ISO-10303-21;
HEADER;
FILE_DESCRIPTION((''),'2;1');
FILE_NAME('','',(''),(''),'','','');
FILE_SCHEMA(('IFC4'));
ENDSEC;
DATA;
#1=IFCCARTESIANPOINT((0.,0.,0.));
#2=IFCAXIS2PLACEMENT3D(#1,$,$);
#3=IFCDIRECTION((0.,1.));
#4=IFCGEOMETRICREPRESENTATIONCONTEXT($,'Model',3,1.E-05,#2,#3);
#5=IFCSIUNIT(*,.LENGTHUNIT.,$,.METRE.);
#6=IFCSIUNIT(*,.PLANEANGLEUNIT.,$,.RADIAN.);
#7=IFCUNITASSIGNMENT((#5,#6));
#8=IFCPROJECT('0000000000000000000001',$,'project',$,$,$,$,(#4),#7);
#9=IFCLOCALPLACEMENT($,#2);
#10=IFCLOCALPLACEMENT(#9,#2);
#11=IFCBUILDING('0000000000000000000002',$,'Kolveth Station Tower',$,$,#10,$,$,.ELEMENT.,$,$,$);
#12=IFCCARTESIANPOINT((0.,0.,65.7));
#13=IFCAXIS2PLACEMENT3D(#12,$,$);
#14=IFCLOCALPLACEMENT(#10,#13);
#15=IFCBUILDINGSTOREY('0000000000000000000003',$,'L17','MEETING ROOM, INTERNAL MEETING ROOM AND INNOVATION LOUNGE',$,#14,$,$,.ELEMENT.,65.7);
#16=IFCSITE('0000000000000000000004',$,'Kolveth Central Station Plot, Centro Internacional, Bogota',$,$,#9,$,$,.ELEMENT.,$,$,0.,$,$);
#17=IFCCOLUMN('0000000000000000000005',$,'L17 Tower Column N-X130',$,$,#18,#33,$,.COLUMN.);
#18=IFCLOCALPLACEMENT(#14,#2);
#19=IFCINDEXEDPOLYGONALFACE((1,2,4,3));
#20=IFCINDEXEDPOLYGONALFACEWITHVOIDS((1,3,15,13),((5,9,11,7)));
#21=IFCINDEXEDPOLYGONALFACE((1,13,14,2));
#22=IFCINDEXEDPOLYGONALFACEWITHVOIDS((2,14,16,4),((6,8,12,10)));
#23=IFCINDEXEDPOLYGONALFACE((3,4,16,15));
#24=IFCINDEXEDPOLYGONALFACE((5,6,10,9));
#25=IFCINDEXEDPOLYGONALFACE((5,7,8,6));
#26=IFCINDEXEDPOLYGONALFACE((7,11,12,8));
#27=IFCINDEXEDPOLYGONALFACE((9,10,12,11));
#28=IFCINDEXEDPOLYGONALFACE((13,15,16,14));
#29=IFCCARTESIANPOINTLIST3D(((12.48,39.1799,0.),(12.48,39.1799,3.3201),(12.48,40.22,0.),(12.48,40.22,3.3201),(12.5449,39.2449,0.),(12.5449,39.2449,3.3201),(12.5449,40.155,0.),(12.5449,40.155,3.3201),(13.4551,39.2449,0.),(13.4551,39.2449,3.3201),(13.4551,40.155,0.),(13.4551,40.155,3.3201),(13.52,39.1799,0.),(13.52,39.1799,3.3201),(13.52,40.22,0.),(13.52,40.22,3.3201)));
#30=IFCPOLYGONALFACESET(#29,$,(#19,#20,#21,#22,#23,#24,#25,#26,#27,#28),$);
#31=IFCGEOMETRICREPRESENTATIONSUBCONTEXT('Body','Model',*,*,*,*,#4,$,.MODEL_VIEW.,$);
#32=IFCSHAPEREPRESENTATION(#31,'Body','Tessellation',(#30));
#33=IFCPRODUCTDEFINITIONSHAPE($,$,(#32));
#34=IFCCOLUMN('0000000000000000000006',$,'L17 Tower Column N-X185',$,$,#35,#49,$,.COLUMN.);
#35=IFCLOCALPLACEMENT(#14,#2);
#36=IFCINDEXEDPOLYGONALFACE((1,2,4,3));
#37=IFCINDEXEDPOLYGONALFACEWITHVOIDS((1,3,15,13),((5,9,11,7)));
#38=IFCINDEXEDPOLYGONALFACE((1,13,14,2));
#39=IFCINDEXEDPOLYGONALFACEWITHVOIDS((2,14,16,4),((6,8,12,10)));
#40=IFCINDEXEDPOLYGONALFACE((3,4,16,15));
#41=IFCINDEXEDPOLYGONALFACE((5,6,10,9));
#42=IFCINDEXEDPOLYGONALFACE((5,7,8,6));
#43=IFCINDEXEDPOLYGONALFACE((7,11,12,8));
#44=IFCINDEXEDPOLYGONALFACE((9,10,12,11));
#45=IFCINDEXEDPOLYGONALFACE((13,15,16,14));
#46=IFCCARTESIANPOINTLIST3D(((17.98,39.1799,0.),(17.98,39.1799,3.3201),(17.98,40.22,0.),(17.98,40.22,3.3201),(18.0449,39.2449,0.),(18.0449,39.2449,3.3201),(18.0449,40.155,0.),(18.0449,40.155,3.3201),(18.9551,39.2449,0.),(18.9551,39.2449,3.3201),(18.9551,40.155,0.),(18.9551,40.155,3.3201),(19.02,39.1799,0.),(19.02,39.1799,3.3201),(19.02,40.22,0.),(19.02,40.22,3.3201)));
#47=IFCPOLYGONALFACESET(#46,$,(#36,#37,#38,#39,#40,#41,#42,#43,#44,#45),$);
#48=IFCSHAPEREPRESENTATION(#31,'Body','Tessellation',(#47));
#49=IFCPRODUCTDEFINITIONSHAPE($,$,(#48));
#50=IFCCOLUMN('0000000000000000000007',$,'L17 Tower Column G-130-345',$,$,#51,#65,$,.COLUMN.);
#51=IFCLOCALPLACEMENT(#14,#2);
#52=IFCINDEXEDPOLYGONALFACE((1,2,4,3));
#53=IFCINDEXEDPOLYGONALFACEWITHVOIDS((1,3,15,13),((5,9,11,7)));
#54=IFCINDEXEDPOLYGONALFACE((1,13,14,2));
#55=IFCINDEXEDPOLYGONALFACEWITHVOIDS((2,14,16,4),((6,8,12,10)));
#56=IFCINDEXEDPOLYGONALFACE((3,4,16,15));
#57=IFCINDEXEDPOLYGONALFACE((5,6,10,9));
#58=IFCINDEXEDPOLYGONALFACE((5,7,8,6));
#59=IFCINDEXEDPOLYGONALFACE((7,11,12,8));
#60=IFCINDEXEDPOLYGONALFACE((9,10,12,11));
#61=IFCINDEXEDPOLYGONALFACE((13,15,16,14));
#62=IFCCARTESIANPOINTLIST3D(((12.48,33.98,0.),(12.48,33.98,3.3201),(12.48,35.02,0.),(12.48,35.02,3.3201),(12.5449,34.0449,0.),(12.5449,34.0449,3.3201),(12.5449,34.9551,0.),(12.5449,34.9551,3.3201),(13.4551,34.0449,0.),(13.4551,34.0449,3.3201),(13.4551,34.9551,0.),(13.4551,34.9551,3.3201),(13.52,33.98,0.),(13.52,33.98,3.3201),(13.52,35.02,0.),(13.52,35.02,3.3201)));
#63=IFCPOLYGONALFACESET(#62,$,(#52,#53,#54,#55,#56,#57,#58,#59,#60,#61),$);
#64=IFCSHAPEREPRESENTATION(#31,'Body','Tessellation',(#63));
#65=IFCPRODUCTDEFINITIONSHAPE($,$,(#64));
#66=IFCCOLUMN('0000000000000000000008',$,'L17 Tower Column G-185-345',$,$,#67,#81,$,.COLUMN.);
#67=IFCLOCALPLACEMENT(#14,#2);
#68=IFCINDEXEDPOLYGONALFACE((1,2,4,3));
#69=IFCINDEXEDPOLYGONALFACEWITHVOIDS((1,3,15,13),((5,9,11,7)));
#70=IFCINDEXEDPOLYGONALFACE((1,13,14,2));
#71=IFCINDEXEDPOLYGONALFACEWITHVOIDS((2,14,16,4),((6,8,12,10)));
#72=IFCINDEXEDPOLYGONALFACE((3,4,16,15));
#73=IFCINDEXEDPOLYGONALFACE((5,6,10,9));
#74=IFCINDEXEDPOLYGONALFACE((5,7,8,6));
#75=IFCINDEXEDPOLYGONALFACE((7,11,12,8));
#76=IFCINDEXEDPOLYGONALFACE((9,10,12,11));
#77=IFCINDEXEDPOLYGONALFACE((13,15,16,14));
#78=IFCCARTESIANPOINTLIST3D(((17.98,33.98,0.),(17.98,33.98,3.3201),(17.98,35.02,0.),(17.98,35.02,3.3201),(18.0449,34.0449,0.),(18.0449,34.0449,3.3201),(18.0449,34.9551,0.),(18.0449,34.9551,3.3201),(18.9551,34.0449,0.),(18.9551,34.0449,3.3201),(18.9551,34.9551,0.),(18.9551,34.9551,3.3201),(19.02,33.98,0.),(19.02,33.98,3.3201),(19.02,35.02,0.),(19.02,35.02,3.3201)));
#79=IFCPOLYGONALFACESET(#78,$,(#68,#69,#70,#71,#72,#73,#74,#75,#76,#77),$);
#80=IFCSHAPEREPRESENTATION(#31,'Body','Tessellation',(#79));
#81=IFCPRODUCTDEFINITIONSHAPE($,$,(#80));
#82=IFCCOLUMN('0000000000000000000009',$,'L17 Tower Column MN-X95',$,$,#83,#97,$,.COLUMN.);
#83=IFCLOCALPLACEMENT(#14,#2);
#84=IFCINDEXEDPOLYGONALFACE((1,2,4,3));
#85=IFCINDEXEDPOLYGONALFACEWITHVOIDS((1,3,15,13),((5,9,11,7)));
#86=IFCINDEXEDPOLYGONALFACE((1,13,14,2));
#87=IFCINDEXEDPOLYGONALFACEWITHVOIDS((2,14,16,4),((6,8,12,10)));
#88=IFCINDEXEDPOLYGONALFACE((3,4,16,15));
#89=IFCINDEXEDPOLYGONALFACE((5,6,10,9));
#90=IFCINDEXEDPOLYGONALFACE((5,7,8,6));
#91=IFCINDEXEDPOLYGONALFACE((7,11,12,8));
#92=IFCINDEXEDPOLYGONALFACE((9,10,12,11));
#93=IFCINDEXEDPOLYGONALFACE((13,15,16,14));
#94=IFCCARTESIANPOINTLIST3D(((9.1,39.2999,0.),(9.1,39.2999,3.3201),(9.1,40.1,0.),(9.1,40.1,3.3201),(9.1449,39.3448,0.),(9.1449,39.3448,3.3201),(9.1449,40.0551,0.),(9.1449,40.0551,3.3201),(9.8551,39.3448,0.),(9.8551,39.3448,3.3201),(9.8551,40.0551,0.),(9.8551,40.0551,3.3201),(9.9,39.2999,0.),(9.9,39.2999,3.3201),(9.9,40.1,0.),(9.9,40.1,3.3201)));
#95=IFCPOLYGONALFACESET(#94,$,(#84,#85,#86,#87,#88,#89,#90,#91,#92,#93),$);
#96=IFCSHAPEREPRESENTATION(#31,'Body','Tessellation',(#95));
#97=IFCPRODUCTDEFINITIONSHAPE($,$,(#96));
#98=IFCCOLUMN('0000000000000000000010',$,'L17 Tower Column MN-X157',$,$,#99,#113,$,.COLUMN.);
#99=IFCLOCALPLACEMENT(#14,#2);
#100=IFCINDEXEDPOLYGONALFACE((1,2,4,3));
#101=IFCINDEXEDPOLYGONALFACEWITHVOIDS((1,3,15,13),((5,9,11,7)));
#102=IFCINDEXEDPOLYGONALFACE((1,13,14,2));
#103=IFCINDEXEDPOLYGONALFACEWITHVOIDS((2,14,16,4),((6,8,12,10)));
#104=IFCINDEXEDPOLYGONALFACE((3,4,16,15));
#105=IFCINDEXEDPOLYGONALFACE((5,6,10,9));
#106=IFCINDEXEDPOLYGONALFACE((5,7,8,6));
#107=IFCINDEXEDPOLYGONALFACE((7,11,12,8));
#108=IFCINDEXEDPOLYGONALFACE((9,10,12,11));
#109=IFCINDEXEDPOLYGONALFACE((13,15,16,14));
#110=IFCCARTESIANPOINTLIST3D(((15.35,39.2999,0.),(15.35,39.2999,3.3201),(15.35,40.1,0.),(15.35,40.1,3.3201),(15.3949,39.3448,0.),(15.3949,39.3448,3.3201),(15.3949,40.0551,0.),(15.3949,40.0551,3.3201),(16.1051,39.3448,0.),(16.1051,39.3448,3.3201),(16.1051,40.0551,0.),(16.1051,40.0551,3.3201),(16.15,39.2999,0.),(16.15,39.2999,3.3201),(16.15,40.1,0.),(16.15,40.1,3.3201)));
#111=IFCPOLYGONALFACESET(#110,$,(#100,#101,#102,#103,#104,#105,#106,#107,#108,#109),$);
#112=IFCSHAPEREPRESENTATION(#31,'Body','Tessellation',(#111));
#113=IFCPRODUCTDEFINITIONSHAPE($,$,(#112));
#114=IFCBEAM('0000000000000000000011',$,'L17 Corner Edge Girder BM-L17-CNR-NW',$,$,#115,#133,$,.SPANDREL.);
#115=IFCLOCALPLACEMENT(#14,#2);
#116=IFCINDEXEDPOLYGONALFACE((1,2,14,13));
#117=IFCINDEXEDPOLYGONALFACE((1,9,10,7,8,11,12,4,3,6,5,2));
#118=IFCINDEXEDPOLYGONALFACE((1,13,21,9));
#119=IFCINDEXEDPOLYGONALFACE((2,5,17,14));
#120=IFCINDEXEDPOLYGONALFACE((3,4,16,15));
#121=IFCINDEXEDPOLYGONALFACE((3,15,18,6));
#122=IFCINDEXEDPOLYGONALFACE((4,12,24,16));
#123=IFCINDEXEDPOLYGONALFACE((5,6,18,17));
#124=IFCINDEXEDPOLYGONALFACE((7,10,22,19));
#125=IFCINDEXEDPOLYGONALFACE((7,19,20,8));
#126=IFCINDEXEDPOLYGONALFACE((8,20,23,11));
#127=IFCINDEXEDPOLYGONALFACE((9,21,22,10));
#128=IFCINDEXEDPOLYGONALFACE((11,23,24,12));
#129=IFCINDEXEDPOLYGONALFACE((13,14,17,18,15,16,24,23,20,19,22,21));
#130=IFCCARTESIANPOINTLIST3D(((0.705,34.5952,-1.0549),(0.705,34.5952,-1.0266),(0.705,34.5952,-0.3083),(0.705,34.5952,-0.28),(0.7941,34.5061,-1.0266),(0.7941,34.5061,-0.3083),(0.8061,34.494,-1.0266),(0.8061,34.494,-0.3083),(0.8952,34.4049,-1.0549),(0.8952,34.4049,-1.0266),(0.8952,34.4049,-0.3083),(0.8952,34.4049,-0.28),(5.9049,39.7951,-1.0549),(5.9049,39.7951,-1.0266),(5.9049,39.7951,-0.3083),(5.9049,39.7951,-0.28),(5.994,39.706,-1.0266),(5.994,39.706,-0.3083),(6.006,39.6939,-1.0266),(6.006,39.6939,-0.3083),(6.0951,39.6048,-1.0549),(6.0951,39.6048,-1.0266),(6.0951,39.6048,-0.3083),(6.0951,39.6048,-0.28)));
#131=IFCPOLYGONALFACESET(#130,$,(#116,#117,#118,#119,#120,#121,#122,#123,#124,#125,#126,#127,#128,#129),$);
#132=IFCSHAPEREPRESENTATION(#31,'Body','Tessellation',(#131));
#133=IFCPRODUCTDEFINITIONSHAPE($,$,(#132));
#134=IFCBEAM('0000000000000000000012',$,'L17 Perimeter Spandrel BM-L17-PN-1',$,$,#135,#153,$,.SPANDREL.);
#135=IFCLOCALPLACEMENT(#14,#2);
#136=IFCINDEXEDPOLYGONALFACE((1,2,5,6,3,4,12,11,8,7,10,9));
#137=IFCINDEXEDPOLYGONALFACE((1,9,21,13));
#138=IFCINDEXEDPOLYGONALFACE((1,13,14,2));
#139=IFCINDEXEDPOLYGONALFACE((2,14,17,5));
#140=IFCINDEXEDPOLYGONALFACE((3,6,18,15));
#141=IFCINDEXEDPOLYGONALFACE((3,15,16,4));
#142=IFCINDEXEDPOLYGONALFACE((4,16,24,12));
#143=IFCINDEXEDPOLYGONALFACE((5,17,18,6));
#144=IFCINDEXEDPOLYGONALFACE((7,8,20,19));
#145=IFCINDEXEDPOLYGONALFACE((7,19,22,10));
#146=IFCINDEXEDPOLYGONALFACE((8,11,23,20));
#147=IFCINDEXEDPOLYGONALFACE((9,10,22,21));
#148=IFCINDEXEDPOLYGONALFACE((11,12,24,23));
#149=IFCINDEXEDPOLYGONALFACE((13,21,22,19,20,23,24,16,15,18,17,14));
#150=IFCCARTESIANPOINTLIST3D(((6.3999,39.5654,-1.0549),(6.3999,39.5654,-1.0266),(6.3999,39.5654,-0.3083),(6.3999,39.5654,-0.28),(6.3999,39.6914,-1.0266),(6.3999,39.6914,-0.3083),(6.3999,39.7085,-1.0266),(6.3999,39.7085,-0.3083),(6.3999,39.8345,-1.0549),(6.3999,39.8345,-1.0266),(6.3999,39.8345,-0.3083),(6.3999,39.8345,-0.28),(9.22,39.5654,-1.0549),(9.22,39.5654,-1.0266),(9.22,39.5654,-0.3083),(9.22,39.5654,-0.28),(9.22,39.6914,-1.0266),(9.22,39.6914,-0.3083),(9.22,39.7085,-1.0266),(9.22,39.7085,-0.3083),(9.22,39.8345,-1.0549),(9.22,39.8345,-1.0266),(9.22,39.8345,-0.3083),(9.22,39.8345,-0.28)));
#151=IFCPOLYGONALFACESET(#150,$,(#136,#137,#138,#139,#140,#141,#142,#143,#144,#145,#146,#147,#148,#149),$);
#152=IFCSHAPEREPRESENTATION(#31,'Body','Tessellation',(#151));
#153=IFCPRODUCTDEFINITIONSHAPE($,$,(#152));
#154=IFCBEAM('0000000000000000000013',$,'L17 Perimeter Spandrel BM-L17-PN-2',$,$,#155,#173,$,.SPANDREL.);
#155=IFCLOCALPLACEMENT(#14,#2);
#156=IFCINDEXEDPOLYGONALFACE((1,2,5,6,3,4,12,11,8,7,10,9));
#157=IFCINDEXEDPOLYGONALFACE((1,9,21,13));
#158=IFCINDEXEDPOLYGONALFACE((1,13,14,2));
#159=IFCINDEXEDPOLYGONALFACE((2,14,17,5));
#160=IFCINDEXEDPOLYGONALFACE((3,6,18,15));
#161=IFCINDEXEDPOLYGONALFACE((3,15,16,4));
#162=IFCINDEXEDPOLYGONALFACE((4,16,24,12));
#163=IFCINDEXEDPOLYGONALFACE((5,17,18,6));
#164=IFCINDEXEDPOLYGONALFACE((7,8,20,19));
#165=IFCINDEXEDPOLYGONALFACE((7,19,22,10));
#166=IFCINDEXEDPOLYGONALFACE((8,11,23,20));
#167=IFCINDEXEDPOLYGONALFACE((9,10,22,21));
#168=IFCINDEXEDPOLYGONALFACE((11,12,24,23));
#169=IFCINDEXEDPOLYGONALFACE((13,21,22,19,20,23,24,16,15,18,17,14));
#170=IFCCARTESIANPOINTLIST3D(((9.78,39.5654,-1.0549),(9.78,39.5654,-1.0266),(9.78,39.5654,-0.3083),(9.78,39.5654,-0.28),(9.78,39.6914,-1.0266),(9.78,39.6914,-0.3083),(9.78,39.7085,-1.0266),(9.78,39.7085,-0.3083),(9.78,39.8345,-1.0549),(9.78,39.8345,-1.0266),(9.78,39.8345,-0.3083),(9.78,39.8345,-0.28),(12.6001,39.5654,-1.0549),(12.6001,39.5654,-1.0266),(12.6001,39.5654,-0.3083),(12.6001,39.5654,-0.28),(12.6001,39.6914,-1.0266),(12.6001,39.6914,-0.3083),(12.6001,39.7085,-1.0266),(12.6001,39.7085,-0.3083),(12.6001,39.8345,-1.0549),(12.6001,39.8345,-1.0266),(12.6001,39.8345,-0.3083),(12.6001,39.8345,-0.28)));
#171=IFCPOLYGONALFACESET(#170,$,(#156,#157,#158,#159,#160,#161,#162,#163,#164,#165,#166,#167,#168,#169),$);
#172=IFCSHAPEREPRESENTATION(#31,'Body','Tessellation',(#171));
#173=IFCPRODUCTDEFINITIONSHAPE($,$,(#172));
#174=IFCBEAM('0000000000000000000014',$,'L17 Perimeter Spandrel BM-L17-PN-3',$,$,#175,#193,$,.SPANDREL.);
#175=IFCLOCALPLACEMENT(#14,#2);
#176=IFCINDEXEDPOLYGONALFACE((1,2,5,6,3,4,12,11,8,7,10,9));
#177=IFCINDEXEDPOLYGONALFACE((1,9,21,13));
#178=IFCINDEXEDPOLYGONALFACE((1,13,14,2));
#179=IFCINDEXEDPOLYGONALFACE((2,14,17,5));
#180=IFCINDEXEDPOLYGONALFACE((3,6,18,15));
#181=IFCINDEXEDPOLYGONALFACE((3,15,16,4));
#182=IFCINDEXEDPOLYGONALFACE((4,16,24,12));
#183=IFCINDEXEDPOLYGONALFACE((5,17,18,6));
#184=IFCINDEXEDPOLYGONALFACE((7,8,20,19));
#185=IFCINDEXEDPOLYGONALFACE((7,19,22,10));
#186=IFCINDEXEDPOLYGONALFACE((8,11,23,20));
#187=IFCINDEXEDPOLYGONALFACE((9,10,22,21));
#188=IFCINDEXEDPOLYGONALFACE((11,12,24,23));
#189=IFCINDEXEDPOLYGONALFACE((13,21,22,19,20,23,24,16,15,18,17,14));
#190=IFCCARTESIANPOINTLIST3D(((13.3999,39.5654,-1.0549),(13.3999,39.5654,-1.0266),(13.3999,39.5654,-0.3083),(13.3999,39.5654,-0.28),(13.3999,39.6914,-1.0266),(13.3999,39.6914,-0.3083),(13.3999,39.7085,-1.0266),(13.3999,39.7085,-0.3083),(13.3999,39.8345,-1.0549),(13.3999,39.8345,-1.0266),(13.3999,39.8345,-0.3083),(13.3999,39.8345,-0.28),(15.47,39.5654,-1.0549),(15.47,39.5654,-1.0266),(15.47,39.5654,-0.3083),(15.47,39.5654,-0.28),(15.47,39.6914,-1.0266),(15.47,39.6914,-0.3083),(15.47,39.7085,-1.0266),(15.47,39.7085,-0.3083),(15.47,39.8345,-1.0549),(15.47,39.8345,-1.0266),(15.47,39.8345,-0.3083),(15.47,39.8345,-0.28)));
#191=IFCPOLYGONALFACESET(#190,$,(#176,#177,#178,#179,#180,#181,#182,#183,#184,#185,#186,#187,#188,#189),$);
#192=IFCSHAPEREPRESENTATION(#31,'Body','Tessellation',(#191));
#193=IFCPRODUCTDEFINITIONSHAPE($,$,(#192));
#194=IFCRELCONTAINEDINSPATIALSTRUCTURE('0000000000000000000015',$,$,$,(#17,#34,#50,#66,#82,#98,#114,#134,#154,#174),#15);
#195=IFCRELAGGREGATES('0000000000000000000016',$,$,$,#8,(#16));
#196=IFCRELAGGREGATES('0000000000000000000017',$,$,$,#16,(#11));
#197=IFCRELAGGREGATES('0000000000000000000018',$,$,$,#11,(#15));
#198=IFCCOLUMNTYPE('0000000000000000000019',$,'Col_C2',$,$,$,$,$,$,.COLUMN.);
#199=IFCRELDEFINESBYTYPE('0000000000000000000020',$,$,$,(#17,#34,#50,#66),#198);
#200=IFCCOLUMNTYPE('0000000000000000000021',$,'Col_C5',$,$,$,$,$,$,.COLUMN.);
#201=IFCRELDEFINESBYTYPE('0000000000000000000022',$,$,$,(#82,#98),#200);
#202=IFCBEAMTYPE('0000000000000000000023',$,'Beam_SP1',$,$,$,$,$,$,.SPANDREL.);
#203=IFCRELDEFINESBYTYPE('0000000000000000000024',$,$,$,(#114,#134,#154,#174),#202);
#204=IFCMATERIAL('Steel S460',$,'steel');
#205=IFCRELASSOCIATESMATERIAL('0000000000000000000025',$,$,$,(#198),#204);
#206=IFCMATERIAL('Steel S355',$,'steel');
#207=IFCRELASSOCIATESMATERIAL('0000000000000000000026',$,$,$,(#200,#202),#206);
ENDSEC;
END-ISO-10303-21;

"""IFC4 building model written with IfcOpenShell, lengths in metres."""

from ifc_helpers import new_model, si_unit, direction, frame, origin, origin_2d, place, context, subcontext, project, spatial, hollow_rectangle, i_section, extrude, source, transform, mapped, material, material_profile, profile_set, type_object, element, save


model = new_model("IFC4")

# Units and contexts
model_context = context("Model", 3, precision=1e-05, world=origin(), true_north=direction((0.0, 1.0)))
body_context = subcontext(model_context, "Body", "Model", "MODEL_VIEW")
ifc_project = project(units=[si_unit("LENGTHUNIT", "METRE"), si_unit("PLANEANGLEUNIT", "RADIAN")], contexts=[model_context])

# Site, building, storey
site_placement = place(None, origin())
site = spatial("IfcSite", under=ifc_project, at=site_placement, Name="Kolveth Central Station Plot, Centro Internacional, Bogota", CompositionType="ELEMENT", RefElevation=0.0)
building_placement = place(site_placement, origin())
building = spatial("IfcBuilding", under=site, at=building_placement, Name="Kolveth Station Tower", CompositionType="ELEMENT")
storey_placement = place(building_placement, frame((0.0, 0.0, 65.7)))
storey = spatial("IfcBuildingStorey", under=building, at=storey_placement, Name="L17", Description="MEETING ROOM, INTERNAL MEETING ROOM AND INNOVATION LOUNGE", CompositionType="ELEMENT", Elevation=65.7)

# Columns
ifc_material_1 = material(Name="Steel S460", Category="steel")
ifc_material_profile_1 = material_profile(ifc_material_1, hollow_rectangle(XDim=1.04, YDim=1.04, WallThickness=0.0649, at=origin_2d()), Name="BOX1040x1040x65")
ifc_profile_set_1 = profile_set([ifc_material_profile_1], Name="Steel S460")
column_type_1 = type_object("IfcColumnType", Name="Col_C2", PredefinedType="COLUMN", material=ifc_profile_set_1)
shared_shape_1 = source(origin(), body_context, "Body", "SweptSolid", [
    extrude(hollow_rectangle(XDim=1.04, YDim=1.04, WallThickness=0.0649, at=origin_2d()), origin(), (0.0, 0.0, 1.0), 3.3201),
])
for number, where, z_axis, x_axis, name in (
    (1, (13.0, 39.7, 0.0), (0.0, 0.0, 1.0), (1.0, 0.0, 0.0), "L17 Tower Column N-X130"),
    (2, (18.5, 39.7, 0.0), (0.0, 0.0, 1.0), (1.0, 0.0, 0.0), "L17 Tower Column N-X185"),
    (3, (13.0, 34.5, 0.0), (0.0, 0.0, 1.0), (1.0, 0.0, 0.0), "L17 Tower Column G-130-345"),
    (4, (18.5, 34.5, 0.0), (0.0, 0.0, 1.0), (1.0, 0.0, 0.0), "L17 Tower Column G-185-345"),
):
    element("IfcColumn", number, at=place(storey_placement, frame(where, z_axis=z_axis, x_axis=x_axis)), inside=storey, type_object=column_type_1, Name=name, PredefinedType="COLUMN", context=body_context, shape_type="MappedRepresentation", body=[
        mapped(shared_shape_1, transform((0.0, 0.0, 0.0), x_axis=(1.0, 0.0, 0.0), y_axis=(0.0, 1.0, 0.0), z_axis=(0.0, 0.0, 1.0), scale=1.0)),
    ])
ifc_material_2 = material(Name="Steel S355", Category="steel")
ifc_material_profile_2 = material_profile(ifc_material_2, hollow_rectangle(XDim=0.8, YDim=0.8, WallThickness=0.0449, at=origin_2d()), Name="BOX800x800x45")
ifc_profile_set_2 = profile_set([ifc_material_profile_2], Name="Steel S355")
column_type_2 = type_object("IfcColumnType", Name="Col_C5", PredefinedType="COLUMN", material=ifc_profile_set_2)
shared_shape_2 = source(origin(), body_context, "Body", "SweptSolid", [
    extrude(hollow_rectangle(XDim=0.8, YDim=0.8, WallThickness=0.0449, at=origin_2d()), origin(), (0.0, 0.0, 1.0), 3.3201),
])
for number, where, z_axis, x_axis, name in (
    (5, (9.5, 39.7, 0.0), (0.0, 0.0, 1.0), (1.0, 0.0, 0.0), "L17 Tower Column MN-X95"),
    (6, (15.75, 39.7, 0.0), (0.0, 0.0, 1.0), (1.0, 0.0, 0.0), "L17 Tower Column MN-X157"),
):
    element("IfcColumn", number, at=place(storey_placement, frame(where, z_axis=z_axis, x_axis=x_axis)), inside=storey, type_object=column_type_2, Name=name, PredefinedType="COLUMN", context=body_context, shape_type="MappedRepresentation", body=[
        mapped(shared_shape_2, transform((0.0, 0.0, 0.0), x_axis=(1.0, 0.0, 0.0), y_axis=(0.0, 1.0, 0.0), z_axis=(0.0, 0.0, 1.0), scale=1.0)),
    ])

# Beams
ifc_material_profile_3 = material_profile(ifc_material_2, i_section(OverallWidth=0.269, OverallDepth=0.7749, WebThickness=0.0171, FlangeThickness=0.0283, at=origin_2d()), Name="W760x220")
ifc_profile_set_3 = profile_set([ifc_material_profile_3], Name="Steel S355")
beam_type_1 = type_object("IfcBeamType", Name="Beam_SP1", PredefinedType="SPANDREL", material=ifc_profile_set_3)
shared_shape_3 = source(origin(), body_context, "Body", "SweptSolid", [
    extrude(i_section(OverallWidth=0.269, OverallDepth=0.7749, WebThickness=0.0171, FlangeThickness=0.0283, at=origin_2d()), origin(), (0.0, 0.0, 1.0), 7.3538),
])
beam_1_placement = place(storey_placement, frame((6.0, 39.7, -0.6675), z_axis=(-0.707107, -0.707107, 0.0), x_axis=(0.707107, -0.707107, 0.0)))
element("IfcBeam", 7, at=beam_1_placement, inside=storey, type_object=beam_type_1, Name="L17 Corner Edge Girder BM-L17-CNR-NW", PredefinedType="SPANDREL", context=body_context, shape_type="MappedRepresentation", body=[
    mapped(shared_shape_3, transform((0.0, 0.0, 0.0), x_axis=(1.0, 0.0, 0.0), y_axis=(0.0, 1.0, 0.0), z_axis=(0.0, 0.0, 1.0), scale=1.0)),
])
shared_shape_4 = source(origin(), body_context, "Body", "SweptSolid", [
    extrude(i_section(OverallWidth=0.269, OverallDepth=0.7749, WebThickness=0.0171, FlangeThickness=0.0283, at=origin_2d()), origin(), (0.0, 0.0, 1.0), 2.8201),
])
for number, where, z_axis, x_axis, name in (
    (8, (6.3999, 39.7, -0.6675), (1.0, 0.0, 0.0), (0.0, 1.0, 0.0), "L17 Perimeter Spandrel BM-L17-PN-1"),
    (9, (9.78, 39.7, -0.6675), (1.0, 0.0, 0.0), (0.0, 1.0, 0.0), "L17 Perimeter Spandrel BM-L17-PN-2"),
):
    element("IfcBeam", number, at=place(storey_placement, frame(where, z_axis=z_axis, x_axis=x_axis)), inside=storey, type_object=beam_type_1, Name=name, PredefinedType="SPANDREL", context=body_context, shape_type="MappedRepresentation", body=[
        mapped(shared_shape_4, transform((0.0, 0.0, 0.0), x_axis=(1.0, 0.0, 0.0), y_axis=(0.0, 1.0, 0.0), z_axis=(0.0, 0.0, 1.0), scale=1.0)),
    ])
shared_shape_5 = source(origin(), body_context, "Body", "SweptSolid", [
    extrude(i_section(OverallWidth=0.269, OverallDepth=0.7749, WebThickness=0.0171, FlangeThickness=0.0283, at=origin_2d()), origin(), (0.0, 0.0, 1.0), 2.0701),
])
for number, where, z_axis, x_axis, name in (
    (10, (13.3999, 39.7, -0.6675), (1.0, 0.0, 0.0), (0.0, 1.0, 0.0), "L17 Perimeter Spandrel BM-L17-PN-3"),
):
    element("IfcBeam", number, at=place(storey_placement, frame(where, z_axis=z_axis, x_axis=x_axis)), inside=storey, type_object=beam_type_1, Name=name, PredefinedType="SPANDREL", context=body_context, shape_type="MappedRepresentation", body=[
        mapped(shared_shape_5, transform((0.0, 0.0, 0.0), x_axis=(1.0, 0.0, 0.0), y_axis=(0.0, 1.0, 0.0), z_axis=(0.0, 0.0, 1.0), scale=1.0)),
    ])

save(model, "model.ifc")
